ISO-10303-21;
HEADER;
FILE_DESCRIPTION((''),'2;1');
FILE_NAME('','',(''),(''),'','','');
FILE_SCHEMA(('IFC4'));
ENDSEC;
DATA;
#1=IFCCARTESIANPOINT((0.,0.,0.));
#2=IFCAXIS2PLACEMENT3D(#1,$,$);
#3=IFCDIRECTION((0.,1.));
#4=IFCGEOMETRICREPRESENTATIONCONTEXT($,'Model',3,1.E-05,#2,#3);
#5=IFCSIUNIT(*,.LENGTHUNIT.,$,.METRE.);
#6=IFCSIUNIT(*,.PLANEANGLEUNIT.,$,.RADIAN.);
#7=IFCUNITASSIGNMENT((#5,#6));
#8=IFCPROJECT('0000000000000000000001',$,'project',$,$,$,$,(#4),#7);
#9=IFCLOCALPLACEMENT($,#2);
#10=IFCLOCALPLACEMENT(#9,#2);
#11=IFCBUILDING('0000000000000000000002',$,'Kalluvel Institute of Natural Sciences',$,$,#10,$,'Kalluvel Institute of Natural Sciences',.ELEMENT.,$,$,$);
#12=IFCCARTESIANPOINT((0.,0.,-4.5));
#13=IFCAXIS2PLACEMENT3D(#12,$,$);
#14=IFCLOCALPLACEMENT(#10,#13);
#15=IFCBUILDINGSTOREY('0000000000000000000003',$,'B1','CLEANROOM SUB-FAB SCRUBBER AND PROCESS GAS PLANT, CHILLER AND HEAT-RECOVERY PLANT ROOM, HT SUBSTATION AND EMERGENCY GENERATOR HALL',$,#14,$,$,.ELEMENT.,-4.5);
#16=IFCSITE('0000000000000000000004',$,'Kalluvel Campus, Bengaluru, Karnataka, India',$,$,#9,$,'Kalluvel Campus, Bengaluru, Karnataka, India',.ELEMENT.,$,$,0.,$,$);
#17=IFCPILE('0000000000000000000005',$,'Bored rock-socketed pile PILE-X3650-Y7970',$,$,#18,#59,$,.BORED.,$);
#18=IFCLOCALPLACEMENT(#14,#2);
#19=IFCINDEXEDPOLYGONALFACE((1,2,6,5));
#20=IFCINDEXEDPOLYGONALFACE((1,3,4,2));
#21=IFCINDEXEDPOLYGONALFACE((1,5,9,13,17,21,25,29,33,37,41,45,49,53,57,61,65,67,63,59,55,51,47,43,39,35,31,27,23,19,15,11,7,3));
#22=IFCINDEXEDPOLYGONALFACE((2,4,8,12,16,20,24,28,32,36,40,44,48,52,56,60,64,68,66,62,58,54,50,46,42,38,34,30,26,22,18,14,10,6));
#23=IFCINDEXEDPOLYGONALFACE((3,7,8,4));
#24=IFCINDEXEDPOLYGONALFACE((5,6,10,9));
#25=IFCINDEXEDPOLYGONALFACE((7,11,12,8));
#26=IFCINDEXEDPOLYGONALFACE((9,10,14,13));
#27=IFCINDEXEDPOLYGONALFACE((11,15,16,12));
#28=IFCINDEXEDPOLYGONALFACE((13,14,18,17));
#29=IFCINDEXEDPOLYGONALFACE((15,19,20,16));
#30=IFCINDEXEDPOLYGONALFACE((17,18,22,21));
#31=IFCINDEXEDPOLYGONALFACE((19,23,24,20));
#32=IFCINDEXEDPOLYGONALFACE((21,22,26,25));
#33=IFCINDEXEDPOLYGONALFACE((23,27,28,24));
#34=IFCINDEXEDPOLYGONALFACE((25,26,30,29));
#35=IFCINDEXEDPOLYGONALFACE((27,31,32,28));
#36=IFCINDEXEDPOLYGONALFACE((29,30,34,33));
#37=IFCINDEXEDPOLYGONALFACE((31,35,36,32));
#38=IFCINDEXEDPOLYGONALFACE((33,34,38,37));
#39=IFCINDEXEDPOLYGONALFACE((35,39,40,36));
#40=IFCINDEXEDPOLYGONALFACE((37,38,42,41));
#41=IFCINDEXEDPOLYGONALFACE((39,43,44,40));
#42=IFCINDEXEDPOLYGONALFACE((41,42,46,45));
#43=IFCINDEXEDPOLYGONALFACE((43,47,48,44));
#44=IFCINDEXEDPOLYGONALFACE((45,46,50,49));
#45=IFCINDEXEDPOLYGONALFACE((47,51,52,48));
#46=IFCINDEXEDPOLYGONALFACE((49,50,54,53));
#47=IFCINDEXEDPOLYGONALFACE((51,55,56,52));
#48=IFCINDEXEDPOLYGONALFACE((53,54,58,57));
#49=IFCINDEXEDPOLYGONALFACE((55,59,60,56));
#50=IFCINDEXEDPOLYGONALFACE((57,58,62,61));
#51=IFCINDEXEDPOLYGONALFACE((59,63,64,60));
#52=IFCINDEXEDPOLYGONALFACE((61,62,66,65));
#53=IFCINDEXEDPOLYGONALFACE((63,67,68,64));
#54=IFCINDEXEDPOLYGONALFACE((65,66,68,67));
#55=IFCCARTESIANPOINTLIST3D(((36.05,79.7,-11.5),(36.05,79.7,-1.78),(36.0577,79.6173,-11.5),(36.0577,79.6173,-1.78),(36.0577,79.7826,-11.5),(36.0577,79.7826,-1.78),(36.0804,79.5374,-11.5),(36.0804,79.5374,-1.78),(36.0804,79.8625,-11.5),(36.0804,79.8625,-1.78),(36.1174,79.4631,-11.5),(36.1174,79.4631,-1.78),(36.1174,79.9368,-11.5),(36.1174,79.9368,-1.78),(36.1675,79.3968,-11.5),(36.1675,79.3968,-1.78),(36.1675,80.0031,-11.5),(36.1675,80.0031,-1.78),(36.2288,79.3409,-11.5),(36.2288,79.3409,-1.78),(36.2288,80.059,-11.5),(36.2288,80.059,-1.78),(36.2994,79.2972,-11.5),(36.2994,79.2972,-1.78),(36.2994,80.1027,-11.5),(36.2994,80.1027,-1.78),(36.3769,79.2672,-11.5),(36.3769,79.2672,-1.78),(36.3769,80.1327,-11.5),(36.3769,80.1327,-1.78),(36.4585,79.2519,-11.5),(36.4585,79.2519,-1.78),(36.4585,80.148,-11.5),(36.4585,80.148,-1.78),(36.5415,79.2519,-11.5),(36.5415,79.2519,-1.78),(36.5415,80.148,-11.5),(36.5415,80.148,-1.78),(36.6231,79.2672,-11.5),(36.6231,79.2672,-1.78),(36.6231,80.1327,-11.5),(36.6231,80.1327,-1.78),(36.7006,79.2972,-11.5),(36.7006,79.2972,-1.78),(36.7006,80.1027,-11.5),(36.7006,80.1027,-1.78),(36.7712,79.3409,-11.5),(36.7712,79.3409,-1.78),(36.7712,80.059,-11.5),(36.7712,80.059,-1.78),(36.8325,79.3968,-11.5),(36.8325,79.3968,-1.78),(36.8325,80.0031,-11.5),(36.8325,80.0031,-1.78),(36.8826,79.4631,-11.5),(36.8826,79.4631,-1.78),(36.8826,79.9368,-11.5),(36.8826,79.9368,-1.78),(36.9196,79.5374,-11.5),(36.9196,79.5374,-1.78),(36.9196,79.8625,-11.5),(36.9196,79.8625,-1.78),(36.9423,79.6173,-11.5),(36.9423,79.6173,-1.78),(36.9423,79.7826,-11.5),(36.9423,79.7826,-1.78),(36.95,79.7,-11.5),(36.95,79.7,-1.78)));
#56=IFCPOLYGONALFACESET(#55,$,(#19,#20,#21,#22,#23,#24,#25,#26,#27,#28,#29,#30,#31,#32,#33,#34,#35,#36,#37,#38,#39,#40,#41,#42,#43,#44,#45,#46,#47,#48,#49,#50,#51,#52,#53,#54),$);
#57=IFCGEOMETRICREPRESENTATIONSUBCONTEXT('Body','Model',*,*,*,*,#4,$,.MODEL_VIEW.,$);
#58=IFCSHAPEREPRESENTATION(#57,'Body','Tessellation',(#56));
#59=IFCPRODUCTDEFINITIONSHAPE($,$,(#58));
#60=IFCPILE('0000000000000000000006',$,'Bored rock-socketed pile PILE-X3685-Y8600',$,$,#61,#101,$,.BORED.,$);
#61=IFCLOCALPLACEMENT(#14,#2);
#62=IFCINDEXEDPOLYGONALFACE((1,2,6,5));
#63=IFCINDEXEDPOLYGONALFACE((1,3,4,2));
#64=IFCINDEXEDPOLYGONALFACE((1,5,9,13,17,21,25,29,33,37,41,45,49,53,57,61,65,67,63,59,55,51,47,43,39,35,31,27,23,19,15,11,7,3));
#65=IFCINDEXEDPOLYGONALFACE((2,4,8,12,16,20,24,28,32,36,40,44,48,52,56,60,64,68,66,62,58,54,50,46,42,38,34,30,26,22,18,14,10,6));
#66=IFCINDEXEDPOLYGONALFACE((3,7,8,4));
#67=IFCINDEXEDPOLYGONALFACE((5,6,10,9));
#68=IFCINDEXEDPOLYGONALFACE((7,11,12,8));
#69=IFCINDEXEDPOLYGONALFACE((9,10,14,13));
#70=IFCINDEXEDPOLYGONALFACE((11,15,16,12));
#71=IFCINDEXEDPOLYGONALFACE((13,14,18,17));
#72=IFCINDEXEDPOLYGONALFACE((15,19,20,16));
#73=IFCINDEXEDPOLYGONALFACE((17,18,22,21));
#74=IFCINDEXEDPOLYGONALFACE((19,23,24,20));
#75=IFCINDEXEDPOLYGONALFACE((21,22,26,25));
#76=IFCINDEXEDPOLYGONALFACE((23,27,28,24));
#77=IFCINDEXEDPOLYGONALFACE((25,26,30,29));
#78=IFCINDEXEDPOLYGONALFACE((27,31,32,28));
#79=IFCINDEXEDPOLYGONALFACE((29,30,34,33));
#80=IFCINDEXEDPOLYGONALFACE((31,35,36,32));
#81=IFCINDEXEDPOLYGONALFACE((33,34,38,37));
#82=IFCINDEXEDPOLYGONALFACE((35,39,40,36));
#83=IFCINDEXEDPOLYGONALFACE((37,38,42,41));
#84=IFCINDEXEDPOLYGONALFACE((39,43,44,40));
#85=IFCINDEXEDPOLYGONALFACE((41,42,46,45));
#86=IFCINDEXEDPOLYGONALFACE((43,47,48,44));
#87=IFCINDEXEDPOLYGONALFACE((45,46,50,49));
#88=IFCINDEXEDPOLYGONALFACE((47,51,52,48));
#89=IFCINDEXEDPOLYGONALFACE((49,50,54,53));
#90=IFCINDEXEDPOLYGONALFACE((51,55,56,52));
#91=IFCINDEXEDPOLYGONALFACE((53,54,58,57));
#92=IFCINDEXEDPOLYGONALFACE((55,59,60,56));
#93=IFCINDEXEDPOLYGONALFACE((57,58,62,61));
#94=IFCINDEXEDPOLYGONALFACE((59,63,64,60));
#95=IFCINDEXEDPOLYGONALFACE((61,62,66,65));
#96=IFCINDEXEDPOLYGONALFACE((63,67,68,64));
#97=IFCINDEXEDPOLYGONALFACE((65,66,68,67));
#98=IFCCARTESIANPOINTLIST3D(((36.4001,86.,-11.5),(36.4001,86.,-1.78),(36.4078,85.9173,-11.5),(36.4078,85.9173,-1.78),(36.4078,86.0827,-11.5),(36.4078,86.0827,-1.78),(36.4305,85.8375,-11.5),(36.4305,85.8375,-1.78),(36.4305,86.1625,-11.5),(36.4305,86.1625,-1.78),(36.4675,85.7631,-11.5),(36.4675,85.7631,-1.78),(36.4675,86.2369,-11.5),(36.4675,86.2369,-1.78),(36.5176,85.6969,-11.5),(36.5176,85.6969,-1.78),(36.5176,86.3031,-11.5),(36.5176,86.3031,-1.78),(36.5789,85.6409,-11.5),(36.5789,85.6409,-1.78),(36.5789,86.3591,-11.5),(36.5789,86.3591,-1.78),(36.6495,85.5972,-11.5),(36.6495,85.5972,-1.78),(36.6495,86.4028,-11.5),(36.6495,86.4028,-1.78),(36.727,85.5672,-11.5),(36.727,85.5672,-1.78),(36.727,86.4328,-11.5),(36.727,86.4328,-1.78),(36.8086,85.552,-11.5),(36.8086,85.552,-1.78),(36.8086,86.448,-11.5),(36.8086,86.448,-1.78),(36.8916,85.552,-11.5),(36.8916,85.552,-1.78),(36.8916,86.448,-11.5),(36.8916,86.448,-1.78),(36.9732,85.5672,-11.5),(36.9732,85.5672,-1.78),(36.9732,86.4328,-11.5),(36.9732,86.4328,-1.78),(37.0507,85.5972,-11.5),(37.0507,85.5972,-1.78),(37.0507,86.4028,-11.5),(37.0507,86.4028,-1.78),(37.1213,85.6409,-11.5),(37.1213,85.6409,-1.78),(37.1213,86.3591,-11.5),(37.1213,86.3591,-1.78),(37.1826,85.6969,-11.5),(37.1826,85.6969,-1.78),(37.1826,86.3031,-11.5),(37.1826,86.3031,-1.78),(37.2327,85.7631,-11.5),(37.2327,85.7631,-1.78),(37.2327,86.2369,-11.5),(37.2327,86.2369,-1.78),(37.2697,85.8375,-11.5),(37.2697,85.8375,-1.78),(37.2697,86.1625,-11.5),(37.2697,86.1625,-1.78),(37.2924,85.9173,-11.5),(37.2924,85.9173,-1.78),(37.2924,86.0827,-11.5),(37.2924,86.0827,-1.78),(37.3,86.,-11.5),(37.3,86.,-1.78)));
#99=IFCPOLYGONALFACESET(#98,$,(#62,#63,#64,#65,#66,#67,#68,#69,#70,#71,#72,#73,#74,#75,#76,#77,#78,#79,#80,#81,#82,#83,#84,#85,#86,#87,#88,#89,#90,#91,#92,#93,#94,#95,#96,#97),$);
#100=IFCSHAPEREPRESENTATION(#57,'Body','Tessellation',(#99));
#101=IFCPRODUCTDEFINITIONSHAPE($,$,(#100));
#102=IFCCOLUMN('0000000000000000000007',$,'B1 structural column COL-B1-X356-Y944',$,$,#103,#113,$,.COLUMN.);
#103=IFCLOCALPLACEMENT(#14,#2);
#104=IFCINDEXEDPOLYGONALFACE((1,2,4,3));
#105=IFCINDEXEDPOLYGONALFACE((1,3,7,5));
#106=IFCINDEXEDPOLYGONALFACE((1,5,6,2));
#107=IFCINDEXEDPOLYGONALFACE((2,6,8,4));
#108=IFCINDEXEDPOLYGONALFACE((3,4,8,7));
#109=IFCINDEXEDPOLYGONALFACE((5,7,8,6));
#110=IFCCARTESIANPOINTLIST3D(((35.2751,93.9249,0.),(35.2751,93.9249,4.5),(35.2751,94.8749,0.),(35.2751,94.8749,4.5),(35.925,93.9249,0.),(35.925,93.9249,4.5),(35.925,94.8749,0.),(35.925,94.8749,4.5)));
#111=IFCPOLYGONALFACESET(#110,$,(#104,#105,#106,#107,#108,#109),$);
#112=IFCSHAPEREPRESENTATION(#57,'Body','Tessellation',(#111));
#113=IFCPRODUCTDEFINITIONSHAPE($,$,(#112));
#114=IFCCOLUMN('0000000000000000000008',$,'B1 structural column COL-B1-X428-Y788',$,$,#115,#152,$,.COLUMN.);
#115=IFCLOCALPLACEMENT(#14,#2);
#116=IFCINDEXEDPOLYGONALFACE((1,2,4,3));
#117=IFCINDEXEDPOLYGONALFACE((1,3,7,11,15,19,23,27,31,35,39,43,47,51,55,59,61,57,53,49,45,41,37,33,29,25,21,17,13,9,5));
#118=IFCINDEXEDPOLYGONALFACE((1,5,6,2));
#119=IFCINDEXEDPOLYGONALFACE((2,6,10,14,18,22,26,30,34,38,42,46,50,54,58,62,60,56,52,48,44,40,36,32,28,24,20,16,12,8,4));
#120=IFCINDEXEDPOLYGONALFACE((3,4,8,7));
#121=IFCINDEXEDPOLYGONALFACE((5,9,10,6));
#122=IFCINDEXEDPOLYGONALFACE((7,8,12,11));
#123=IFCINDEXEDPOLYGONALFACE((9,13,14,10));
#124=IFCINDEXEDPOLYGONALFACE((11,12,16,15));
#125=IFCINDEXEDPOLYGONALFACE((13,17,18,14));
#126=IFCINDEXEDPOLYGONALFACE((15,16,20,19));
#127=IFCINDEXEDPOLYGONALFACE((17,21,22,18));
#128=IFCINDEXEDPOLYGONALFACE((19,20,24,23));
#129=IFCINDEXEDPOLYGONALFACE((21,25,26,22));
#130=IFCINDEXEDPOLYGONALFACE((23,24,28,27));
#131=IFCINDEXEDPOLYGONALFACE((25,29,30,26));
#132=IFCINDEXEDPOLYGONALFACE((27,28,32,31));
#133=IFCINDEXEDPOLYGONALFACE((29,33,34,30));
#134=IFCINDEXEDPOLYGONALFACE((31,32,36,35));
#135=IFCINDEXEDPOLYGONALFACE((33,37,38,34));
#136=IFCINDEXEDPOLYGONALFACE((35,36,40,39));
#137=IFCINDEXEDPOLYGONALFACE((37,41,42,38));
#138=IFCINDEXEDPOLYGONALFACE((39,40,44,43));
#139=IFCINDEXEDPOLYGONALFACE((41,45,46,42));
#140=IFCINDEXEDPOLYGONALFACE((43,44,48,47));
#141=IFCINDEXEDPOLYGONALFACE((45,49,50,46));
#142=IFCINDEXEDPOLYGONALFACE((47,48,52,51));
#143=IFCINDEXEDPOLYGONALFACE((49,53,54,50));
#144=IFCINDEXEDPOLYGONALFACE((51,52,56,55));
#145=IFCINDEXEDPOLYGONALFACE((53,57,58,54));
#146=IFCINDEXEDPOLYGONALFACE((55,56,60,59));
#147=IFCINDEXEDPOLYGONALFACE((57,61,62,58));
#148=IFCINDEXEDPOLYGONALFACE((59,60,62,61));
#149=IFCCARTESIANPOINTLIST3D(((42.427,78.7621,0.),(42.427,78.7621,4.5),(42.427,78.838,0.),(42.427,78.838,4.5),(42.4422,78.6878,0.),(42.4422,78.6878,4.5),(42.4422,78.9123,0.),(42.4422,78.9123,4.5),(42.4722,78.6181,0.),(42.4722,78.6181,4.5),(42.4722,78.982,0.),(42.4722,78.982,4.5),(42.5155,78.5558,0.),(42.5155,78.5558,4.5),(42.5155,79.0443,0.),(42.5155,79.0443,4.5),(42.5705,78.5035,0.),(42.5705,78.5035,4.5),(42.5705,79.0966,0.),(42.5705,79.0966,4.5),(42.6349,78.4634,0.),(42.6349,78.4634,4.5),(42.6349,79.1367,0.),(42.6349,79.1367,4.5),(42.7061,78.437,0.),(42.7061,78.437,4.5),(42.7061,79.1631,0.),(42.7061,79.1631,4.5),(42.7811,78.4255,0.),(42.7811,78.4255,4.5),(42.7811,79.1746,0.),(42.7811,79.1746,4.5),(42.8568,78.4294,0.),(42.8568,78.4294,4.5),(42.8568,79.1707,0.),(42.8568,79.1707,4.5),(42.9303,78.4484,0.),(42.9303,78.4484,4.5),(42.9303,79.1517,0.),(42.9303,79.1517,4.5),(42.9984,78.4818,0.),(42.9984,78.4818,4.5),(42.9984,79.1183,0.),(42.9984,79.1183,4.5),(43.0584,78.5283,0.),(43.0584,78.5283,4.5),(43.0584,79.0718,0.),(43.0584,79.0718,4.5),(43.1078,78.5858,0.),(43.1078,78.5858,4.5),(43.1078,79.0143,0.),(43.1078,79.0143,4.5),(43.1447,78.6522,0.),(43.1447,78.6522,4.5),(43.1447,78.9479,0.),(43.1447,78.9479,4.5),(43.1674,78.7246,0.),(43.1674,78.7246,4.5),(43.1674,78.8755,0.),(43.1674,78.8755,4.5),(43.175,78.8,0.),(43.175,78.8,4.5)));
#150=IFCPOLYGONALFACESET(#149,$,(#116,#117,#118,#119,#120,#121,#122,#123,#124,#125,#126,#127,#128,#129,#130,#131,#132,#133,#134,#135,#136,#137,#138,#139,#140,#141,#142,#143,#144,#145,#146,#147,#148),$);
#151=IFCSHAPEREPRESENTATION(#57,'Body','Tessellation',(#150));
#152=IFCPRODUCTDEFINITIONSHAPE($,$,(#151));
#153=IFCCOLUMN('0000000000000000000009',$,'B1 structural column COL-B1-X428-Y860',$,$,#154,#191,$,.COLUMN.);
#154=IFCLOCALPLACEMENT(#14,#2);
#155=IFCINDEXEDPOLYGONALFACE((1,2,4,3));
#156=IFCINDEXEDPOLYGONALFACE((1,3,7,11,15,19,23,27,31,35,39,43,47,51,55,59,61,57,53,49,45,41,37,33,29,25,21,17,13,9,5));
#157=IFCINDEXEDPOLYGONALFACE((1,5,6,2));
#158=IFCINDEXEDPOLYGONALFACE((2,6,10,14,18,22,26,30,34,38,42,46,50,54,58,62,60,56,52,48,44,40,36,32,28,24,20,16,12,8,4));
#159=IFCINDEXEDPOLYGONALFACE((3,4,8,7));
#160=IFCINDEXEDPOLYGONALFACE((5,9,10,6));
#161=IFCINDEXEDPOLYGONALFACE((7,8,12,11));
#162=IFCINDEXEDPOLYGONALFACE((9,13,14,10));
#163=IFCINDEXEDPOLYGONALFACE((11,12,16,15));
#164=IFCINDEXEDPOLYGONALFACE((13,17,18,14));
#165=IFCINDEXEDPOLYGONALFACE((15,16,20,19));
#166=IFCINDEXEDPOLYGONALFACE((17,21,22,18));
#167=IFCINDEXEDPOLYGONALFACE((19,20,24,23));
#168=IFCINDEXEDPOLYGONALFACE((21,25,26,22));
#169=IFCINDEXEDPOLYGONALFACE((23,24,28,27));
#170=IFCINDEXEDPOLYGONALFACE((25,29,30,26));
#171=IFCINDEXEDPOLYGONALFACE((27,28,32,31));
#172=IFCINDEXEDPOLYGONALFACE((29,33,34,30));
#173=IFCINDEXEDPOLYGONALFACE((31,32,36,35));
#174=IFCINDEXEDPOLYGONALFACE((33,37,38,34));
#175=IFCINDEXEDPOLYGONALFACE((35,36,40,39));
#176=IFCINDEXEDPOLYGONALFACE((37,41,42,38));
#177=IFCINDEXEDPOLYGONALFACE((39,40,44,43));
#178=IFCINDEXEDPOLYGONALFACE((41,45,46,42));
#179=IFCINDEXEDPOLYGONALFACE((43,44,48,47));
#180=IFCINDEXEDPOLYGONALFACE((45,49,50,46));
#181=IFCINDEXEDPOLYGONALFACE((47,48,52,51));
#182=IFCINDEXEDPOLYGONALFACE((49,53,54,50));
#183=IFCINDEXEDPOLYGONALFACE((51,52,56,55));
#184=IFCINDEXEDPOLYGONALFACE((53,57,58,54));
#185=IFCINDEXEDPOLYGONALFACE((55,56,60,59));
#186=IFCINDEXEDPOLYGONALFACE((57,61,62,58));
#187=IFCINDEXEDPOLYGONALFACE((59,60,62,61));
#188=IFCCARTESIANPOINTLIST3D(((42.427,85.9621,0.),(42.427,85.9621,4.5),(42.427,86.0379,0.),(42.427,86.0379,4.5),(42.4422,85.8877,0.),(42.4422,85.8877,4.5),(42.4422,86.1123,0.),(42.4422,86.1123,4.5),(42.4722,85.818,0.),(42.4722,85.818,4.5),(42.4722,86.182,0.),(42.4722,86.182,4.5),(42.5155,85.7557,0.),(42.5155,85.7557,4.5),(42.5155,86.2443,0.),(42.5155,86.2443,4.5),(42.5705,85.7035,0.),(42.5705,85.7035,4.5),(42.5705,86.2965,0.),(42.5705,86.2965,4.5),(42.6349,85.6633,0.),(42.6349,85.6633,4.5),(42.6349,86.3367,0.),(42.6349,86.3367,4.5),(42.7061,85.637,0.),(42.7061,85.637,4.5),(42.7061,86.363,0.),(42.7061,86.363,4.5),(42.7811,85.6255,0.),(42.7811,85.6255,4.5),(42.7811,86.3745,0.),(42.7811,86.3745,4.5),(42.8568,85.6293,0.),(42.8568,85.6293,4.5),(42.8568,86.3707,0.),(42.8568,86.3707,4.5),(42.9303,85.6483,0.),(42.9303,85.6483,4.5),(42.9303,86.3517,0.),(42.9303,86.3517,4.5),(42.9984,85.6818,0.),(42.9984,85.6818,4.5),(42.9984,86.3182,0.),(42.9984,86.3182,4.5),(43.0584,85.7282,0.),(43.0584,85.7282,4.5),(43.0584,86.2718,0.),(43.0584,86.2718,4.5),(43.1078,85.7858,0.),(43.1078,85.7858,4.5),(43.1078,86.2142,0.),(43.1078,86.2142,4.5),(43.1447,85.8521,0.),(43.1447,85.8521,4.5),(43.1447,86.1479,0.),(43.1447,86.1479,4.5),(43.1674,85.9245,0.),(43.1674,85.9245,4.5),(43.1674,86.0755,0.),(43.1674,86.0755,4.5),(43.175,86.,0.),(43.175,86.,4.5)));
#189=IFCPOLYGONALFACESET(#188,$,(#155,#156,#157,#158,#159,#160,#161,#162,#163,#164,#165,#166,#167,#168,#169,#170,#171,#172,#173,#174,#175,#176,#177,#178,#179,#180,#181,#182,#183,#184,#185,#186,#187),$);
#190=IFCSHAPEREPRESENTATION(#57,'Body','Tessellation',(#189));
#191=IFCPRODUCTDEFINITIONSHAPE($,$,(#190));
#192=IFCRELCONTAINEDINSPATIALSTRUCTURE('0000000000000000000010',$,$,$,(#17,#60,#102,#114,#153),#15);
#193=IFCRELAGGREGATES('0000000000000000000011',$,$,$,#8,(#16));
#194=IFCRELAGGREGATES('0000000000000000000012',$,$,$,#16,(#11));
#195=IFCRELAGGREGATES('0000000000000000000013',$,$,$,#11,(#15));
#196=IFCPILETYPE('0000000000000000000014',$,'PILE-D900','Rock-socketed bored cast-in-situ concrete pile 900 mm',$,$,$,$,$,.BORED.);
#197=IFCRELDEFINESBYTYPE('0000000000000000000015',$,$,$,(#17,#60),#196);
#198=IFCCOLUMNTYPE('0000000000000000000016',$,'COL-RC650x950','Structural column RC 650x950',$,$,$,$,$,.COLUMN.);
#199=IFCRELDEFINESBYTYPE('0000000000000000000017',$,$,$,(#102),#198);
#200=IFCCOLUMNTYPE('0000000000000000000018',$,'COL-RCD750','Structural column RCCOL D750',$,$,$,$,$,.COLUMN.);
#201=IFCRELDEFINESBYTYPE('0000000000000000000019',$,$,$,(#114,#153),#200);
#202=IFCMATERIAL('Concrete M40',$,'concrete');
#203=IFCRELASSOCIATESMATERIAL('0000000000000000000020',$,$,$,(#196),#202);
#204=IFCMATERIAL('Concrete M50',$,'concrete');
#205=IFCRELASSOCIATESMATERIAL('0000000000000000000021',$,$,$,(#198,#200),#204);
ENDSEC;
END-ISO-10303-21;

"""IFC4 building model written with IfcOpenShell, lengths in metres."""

from ifc_helpers import new_model, si_unit, direction, frame, origin, origin_2d, place, context, subcontext, project, spatial, rectangle, circle, extrude, material, material_profile, profile_set, type_object, element, save


model = new_model("IFC4")

# Units and contexts
model_context = context("Model", 3, precision=1e-05, world=origin(), true_north=direction((0.0, 1.0)))
body_context = subcontext(model_context, "Body", "Model", "MODEL_VIEW")
ifc_project = project(units=[si_unit("LENGTHUNIT", "METRE"), si_unit("PLANEANGLEUNIT", "RADIAN")], contexts=[model_context])

# Site, building, storey
site_placement = place(None, origin())
site = spatial("IfcSite", under=ifc_project, at=site_placement, Name="Kalluvel Campus, Bengaluru, Karnataka, India", LongName="Kalluvel Campus, Bengaluru, Karnataka, India", CompositionType="ELEMENT", RefElevation=0.0)
building_placement = place(site_placement, origin())
building = spatial("IfcBuilding", under=site, at=building_placement, Name="Kalluvel Institute of Natural Sciences", LongName="Kalluvel Institute of Natural Sciences", CompositionType="ELEMENT")
storey_placement = place(building_placement, frame((0.0, 0.0, -4.5)))
storey = spatial("IfcBuildingStorey", under=building, at=storey_placement, Name="B1", Description="CLEANROOM SUB-FAB SCRUBBER AND PROCESS GAS PLANT, CHILLER AND HEAT-RECOVERY PLANT ROOM, HT SUBSTATION AND EMERGENCY GENERATOR HALL", CompositionType="ELEMENT", Elevation=-4.5)

# Shared definitions
ifc_material_1 = material(Name="Concrete M40", Category="concrete")

# Piles
ifc_material_profile_1 = material_profile(ifc_material_1, circle(Radius=0.45, at=origin_2d()), Name="PILE D900")
ifc_profile_set_1 = profile_set([ifc_material_profile_1], Name="Concrete M40")
pile_type_1 = type_object("IfcPileType", Name="PILE-D900", Description="Rock-socketed bored cast-in-situ concrete pile 900 mm", PredefinedType="BORED", material=ifc_profile_set_1)
for number, where, z_axis, x_axis, name in (
    (1, (36.5, 79.7, -1.78), (0.0, 0.0, -1.0), (1.0, 0.0, 0.0), "Bored rock-socketed pile PILE-X3650-Y7970"),
    (2, (36.8501, 86.0, -1.78), (0.0, 0.0, -1.0), (1.0, 0.0, 0.0), "Bored rock-socketed pile PILE-X3685-Y8600"),
):
    element("IfcPile", number, at=place(storey_placement, frame(where, z_axis=z_axis, x_axis=x_axis)), inside=storey, type_object=pile_type_1, Name=name, PredefinedType="BORED", context=body_context, shape_type="SweptSolid", body=[
        extrude(circle(Radius=0.45, at=origin_2d()), origin(), (0.0, 0.0, 1.0), 9.72),
    ])

# Columns
ifc_material_2 = material(Name="Concrete M50", Category="concrete")
ifc_material_profile_2 = material_profile(ifc_material_2, rectangle(XDim=0.6499, YDim=0.95, at=origin_2d()), Name="RC 650x950")
ifc_profile_set_2 = profile_set([ifc_material_profile_2], Name="Concrete M50")
column_type_1 = type_object("IfcColumnType", Name="COL-RC650x950", Description="Structural column RC 650x950", PredefinedType="COLUMN", material=ifc_profile_set_2)
column_placement = place(storey_placement, frame((35.6001, 94.3999, 0.0), z_axis=(0.0, 0.0, 1.0), x_axis=(1.0, 0.0, 0.0)))
element("IfcColumn", 3, at=column_placement, inside=storey, type_object=column_type_1, Name="B1 structural column COL-B1-X356-Y944", PredefinedType="COLUMN", context=body_context, shape_type="SweptSolid", body=[
    extrude(rectangle(XDim=0.6499, YDim=0.95, at=origin_2d()), origin(), (0.0, 0.0, 1.0), 4.5),
])
ifc_material_profile_3 = material_profile(ifc_material_2, circle(Radius=0.375, at=origin_2d()), Name="RCCOL D750")
ifc_profile_set_3 = profile_set([ifc_material_profile_3], Name="Concrete M50")
column_type_2 = type_object("IfcColumnType", Name="COL-RCD750", Description="Structural column RCCOL D750", PredefinedType="COLUMN", material=ifc_profile_set_3)
for number, where, z_axis, x_axis, name in (
    (4, (42.8, 78.8, 0.0), (0.0, 0.0, 1.0), (1.0, 0.0, 0.0), "B1 structural column COL-B1-X428-Y788"),
    (5, (42.8, 86.0, 0.0), (0.0, 0.0, 1.0), (1.0, 0.0, 0.0), "B1 structural column COL-B1-X428-Y860"),
):
    element("IfcColumn", number, at=place(storey_placement, frame(where, z_axis=z_axis, x_axis=x_axis)), inside=storey, type_object=column_type_2, Name=name, PredefinedType="COLUMN", context=body_context, shape_type="SweptSolid", body=[
        extrude(circle(Radius=0.375, at=origin_2d()), origin(), (0.0, 0.0, 1.0), 4.5),
    ])

save(model, "model.ifc")
